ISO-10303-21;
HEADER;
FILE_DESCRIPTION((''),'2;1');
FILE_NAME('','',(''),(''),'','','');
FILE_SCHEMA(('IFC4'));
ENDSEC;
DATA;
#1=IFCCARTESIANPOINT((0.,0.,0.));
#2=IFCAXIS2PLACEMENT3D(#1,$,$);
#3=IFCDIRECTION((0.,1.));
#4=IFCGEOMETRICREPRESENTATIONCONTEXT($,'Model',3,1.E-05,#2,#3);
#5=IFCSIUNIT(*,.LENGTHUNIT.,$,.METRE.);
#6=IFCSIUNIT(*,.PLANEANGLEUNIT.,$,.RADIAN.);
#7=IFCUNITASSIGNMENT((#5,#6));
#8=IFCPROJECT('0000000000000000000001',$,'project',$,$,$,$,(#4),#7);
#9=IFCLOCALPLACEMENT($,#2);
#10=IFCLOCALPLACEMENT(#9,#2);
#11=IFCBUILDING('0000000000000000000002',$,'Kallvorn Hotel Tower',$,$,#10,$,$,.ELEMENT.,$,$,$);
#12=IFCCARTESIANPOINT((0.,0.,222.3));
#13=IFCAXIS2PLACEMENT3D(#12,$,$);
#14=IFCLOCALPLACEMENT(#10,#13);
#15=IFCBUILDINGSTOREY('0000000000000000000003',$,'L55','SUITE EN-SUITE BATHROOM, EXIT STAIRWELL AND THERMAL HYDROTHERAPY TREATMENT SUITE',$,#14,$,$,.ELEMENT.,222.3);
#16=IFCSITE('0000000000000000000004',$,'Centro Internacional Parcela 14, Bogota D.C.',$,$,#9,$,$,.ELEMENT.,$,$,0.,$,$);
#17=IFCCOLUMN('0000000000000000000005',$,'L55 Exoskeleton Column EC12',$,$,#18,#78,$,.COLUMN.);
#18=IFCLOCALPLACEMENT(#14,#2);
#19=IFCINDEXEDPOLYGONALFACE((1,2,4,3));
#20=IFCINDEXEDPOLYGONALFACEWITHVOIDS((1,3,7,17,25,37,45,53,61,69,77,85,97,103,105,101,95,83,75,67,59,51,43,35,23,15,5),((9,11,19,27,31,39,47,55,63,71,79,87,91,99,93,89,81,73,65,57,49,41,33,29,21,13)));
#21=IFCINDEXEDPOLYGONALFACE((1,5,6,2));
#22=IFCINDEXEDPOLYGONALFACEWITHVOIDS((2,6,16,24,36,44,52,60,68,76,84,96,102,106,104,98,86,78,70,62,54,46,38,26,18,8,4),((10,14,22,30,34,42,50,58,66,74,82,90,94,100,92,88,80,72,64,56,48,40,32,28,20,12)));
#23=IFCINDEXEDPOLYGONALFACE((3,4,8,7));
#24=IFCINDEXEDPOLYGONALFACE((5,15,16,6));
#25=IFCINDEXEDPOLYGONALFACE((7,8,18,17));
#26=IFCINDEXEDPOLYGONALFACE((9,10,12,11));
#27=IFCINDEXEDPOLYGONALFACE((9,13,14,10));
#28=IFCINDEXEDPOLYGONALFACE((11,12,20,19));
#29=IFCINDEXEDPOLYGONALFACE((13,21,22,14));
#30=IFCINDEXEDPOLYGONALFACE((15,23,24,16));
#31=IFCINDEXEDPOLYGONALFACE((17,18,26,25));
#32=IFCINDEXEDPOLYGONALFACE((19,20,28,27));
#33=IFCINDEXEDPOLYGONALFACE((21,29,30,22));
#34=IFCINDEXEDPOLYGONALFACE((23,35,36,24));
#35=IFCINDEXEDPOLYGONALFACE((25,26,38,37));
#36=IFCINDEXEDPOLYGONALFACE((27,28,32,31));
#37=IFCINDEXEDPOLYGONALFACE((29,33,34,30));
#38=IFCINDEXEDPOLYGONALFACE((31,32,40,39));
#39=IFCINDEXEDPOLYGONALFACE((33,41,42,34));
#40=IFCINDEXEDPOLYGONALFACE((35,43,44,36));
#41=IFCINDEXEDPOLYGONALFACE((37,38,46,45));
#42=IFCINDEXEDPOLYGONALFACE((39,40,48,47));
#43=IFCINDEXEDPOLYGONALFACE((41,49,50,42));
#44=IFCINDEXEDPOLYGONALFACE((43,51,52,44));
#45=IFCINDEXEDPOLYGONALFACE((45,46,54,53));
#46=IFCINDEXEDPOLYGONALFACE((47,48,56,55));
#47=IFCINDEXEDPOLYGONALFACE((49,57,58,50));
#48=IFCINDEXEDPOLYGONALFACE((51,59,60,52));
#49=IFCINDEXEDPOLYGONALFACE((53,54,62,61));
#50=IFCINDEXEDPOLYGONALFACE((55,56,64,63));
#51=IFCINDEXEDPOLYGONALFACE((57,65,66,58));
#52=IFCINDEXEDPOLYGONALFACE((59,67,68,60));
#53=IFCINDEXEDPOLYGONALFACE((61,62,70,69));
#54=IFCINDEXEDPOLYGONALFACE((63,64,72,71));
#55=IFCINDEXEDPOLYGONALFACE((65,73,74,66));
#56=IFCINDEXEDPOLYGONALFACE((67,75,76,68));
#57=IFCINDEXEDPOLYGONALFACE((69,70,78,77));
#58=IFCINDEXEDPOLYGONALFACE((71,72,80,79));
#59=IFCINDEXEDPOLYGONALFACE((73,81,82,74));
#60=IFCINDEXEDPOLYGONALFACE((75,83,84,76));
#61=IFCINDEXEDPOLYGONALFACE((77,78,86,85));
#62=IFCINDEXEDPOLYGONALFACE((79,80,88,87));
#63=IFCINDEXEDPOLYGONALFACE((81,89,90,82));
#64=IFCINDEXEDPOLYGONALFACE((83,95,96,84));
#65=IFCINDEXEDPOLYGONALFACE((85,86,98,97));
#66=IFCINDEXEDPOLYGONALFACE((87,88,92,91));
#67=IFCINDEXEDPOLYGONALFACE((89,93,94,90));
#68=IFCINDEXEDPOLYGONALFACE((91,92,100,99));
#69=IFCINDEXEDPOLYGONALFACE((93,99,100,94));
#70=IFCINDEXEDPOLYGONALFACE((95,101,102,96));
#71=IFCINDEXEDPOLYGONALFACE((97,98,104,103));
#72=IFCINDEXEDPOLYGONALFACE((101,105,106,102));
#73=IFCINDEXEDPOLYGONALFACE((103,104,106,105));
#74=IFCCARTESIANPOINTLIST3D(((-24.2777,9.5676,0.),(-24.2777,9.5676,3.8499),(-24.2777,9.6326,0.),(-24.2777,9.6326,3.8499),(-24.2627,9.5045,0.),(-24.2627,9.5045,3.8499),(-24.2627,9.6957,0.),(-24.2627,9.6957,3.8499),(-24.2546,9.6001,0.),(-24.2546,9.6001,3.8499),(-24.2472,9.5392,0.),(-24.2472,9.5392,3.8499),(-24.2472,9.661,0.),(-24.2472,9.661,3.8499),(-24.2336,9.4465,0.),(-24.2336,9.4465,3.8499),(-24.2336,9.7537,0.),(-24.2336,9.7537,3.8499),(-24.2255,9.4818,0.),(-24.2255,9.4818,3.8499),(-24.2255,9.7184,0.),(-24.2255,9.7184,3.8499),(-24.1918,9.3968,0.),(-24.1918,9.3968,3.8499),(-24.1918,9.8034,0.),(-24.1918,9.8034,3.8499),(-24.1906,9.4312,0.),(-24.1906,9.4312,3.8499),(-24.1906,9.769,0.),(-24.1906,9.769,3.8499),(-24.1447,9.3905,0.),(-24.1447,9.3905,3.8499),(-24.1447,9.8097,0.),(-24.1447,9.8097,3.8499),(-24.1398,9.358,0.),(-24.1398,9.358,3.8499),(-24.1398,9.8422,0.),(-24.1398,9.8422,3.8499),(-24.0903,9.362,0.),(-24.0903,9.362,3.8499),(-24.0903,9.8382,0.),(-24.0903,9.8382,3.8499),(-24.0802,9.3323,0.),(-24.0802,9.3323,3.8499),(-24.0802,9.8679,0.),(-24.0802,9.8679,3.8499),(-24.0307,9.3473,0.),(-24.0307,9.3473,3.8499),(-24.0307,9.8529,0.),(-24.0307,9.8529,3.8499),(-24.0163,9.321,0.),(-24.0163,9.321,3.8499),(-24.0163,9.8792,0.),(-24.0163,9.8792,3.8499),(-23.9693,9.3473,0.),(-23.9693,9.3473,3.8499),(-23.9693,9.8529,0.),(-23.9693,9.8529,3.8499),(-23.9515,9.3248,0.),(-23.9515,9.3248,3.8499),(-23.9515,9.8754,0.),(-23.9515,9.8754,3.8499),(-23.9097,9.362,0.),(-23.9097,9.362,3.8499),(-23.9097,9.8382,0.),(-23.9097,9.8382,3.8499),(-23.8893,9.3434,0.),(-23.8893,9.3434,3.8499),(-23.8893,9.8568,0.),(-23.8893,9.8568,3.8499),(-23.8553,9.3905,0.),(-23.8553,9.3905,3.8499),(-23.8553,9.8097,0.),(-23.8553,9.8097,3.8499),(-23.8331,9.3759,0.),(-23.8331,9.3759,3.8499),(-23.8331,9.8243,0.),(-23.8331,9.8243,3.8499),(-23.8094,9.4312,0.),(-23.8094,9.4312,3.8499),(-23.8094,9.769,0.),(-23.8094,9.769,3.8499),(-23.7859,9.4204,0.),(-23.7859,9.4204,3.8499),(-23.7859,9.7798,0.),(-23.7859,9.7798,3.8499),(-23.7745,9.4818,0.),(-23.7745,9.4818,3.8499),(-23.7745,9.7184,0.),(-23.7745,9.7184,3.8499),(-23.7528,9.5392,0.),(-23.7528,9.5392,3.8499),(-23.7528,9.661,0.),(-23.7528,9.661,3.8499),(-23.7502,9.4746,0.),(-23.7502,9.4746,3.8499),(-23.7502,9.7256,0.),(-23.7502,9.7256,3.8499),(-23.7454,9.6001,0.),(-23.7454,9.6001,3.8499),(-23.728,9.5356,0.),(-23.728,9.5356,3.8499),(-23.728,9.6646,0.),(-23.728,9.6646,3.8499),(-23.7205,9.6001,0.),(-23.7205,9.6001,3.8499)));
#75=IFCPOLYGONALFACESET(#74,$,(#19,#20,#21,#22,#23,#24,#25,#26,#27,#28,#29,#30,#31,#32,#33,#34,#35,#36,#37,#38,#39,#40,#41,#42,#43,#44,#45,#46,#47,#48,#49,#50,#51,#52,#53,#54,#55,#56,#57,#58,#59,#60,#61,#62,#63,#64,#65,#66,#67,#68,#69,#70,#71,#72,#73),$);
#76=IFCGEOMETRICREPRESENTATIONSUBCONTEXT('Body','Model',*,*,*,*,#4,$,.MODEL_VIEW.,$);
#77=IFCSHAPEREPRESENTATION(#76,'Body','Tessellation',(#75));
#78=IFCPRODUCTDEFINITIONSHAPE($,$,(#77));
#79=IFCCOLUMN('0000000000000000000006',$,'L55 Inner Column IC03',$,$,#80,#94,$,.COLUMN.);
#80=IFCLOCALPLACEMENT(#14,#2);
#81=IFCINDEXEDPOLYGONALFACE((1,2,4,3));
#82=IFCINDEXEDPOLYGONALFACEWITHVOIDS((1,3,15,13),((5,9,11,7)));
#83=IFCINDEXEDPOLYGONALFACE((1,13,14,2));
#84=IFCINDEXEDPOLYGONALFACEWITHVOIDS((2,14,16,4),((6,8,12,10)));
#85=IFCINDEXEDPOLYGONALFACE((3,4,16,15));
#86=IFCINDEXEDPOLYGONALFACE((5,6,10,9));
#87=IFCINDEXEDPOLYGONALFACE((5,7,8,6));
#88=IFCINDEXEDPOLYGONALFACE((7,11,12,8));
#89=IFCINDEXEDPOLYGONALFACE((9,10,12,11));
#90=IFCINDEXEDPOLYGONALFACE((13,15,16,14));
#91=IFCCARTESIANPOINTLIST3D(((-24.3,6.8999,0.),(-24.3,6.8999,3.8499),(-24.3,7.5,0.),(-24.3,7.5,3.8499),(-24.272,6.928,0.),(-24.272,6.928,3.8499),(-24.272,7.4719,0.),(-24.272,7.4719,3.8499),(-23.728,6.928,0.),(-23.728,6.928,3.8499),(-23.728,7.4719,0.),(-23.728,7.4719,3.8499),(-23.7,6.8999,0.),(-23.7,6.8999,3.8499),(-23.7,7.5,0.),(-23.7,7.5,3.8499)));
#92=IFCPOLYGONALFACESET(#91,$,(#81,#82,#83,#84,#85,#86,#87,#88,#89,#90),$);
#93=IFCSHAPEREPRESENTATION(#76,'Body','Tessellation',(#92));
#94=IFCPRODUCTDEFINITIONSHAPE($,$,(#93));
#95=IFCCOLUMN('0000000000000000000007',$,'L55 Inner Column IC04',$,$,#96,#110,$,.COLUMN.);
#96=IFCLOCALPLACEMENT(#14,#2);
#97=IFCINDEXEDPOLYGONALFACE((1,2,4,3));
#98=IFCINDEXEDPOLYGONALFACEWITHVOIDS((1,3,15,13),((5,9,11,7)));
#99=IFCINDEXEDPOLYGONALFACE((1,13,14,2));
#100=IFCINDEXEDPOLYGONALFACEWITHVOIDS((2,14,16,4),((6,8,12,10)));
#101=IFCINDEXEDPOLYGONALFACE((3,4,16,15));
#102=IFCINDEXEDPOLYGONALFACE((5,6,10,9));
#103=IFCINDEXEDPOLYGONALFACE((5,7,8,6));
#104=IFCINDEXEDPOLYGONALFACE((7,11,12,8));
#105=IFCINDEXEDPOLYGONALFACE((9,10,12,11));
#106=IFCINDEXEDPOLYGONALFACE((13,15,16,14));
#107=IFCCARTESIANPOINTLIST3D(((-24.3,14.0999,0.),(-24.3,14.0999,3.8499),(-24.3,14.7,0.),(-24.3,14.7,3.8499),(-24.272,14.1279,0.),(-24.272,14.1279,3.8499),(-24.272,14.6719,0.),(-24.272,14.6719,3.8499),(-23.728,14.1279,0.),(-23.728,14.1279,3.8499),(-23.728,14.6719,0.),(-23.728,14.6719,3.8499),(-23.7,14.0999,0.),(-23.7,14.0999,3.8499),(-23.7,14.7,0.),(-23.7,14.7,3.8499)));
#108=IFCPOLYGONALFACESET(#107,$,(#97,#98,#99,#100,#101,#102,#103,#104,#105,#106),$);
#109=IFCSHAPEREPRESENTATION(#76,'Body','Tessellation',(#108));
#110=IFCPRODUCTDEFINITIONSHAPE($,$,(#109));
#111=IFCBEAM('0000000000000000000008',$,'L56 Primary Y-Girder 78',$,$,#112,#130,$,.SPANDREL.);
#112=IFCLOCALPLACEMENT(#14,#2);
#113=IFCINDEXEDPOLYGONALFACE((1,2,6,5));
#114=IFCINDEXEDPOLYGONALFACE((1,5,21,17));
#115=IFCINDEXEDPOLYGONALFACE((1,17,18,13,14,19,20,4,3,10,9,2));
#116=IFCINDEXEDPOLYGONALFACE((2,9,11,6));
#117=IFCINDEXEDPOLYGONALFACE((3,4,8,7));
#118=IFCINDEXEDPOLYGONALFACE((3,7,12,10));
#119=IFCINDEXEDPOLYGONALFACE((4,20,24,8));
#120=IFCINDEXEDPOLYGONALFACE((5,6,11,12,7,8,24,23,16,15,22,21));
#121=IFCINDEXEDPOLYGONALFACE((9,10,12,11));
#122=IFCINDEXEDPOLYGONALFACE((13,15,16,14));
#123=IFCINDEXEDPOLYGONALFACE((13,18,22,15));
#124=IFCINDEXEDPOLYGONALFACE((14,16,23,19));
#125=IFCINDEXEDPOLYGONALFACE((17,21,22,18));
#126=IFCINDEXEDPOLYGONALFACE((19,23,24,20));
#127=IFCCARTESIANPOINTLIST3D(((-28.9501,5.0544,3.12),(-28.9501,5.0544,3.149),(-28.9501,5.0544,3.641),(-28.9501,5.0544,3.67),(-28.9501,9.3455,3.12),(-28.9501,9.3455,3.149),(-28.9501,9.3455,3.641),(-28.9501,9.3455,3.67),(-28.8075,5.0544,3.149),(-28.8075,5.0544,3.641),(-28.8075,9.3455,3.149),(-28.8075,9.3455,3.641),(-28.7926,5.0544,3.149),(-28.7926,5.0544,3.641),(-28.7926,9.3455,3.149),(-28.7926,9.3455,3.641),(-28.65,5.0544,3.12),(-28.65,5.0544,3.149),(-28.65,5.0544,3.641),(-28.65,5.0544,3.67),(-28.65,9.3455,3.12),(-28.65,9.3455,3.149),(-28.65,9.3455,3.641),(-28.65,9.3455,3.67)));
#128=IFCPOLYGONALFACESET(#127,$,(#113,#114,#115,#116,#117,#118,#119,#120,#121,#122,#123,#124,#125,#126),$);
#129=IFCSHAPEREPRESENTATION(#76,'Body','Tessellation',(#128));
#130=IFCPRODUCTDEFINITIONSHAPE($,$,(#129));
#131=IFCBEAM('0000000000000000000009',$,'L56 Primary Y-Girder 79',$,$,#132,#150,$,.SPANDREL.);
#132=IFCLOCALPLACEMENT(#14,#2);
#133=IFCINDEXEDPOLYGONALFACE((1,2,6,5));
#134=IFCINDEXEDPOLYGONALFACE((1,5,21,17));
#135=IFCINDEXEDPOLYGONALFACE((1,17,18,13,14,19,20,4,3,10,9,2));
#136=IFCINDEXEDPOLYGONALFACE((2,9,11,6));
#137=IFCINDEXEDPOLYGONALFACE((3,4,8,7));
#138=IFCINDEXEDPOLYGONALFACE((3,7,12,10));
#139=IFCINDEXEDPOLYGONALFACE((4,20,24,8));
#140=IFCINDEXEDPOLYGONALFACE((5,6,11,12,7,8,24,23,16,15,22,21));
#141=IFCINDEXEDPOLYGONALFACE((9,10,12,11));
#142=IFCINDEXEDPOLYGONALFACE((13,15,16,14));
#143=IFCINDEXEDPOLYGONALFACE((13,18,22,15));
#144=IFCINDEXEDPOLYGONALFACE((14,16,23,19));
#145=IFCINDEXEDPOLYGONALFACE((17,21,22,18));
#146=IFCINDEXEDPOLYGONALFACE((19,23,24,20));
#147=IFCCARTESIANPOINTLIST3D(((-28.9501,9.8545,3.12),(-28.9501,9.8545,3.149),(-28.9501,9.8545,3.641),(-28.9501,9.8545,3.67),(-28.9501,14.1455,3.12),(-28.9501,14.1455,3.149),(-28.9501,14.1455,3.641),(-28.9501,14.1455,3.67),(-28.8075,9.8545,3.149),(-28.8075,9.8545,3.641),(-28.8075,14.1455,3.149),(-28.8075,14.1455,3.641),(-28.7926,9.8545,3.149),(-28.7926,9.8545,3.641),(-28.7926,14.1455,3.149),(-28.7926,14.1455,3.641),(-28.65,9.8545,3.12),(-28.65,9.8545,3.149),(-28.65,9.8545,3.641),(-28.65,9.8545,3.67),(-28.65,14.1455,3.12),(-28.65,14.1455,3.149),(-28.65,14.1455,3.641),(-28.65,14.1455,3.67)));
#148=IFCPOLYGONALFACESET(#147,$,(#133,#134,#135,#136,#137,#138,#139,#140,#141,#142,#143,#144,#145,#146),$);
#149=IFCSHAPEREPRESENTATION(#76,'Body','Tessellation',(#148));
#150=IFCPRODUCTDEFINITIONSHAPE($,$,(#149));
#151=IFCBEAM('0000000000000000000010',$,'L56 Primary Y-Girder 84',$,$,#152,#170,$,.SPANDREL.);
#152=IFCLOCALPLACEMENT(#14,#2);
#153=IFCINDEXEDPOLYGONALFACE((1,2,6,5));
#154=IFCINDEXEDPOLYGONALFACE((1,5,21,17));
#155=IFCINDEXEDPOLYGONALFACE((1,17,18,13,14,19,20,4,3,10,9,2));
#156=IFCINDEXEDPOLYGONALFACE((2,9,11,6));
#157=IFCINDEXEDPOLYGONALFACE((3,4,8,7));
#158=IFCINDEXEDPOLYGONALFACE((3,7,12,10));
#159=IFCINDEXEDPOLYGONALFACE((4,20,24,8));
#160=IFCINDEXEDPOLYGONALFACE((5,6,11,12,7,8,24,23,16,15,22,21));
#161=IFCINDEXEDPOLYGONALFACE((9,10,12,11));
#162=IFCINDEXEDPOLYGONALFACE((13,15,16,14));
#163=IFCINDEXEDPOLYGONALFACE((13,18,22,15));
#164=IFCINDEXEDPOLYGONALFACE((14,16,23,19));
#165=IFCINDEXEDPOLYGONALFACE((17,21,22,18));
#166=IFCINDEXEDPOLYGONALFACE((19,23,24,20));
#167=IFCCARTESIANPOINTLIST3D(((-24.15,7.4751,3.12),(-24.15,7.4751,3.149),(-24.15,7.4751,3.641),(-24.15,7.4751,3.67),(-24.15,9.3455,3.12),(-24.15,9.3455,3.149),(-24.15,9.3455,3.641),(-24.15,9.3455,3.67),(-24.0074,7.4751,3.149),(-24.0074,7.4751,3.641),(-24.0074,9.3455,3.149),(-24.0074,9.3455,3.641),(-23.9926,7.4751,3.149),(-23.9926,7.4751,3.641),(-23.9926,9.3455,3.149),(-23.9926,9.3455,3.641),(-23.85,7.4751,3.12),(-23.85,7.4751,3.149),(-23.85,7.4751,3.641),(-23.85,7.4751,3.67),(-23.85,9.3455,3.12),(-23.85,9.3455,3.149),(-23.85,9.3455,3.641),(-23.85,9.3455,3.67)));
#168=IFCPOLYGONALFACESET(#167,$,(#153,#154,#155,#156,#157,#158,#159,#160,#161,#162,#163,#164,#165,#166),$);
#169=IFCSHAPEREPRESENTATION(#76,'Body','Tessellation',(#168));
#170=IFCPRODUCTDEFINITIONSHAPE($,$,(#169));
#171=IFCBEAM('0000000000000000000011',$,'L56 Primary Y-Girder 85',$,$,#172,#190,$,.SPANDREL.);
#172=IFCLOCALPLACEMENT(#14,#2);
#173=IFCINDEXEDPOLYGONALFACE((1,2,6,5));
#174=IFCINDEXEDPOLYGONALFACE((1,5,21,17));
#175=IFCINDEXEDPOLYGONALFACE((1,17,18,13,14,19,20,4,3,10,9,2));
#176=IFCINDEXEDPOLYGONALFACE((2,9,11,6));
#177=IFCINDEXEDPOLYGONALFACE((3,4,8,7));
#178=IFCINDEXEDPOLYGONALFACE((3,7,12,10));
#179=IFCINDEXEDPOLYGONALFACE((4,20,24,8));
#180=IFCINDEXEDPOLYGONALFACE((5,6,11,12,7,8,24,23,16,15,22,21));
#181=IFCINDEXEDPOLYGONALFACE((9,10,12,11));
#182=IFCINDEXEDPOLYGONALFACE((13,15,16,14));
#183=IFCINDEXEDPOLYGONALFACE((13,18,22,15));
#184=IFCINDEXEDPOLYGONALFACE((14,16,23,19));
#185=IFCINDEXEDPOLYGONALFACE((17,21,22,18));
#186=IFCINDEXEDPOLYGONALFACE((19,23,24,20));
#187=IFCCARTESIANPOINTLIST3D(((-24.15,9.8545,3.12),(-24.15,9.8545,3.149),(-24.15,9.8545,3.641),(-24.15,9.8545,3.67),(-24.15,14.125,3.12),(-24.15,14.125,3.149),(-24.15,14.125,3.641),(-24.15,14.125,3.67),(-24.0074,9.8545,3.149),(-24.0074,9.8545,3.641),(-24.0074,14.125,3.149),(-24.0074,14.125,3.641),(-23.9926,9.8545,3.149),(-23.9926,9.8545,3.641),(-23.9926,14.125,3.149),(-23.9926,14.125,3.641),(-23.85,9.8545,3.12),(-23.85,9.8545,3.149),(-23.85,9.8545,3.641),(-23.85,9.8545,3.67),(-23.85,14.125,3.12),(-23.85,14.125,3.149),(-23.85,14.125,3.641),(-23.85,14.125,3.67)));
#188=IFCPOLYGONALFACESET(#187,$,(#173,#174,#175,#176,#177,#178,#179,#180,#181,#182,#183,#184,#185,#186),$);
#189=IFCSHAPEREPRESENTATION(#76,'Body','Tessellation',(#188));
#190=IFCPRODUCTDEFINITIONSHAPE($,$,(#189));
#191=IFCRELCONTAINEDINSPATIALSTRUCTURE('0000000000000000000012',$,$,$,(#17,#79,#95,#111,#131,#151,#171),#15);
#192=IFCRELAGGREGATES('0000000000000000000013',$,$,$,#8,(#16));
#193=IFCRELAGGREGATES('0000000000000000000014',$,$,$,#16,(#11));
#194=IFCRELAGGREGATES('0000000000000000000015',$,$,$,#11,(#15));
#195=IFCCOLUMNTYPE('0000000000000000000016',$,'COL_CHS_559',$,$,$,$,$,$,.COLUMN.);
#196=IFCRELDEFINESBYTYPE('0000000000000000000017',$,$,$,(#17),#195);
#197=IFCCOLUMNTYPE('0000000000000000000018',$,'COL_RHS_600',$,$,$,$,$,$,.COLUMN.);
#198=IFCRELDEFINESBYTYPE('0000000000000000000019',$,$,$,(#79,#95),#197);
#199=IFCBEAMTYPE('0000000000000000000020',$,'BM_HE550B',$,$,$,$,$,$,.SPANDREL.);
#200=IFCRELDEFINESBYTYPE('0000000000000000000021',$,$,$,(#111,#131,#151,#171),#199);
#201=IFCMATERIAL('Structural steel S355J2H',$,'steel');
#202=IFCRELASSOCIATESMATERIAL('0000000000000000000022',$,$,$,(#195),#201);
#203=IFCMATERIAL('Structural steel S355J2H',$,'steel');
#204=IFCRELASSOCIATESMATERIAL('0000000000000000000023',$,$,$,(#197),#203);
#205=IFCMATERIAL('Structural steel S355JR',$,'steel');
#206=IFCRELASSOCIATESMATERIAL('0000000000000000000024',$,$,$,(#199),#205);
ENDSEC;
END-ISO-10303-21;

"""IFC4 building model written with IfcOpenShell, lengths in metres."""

from ifc_helpers import new_model, si_unit, direction, frame, origin, origin_2d, place, context, subcontext, project, spatial, hollow_rectangle, hollow_circle, i_section, extrude, material, material_profile, profile_set, type_object, element, save


model = new_model("IFC4")

# Units and contexts
model_context = context("Model", 3, precision=1e-05, world=origin(), true_north=direction((0.0, 1.0)))
body_context = subcontext(model_context, "Body", "Model", "MODEL_VIEW")
ifc_project = project(units=[si_unit("LENGTHUNIT", "METRE"), si_unit("PLANEANGLEUNIT", "RADIAN")], contexts=[model_context])

# Site, building, storey
site_placement = place(None, origin())
site = spatial("IfcSite", under=ifc_project, at=site_placement, Name="Centro Internacional Parcela 14, Bogota D.C.", CompositionType="ELEMENT", RefElevation=0.0)
building_placement = place(site_placement, origin())
building = spatial("IfcBuilding", under=site, at=building_placement, Name="Kallvorn Hotel Tower", CompositionType="ELEMENT")
storey_placement = place(building_placement, frame((0.0, 0.0, 222.3)))
storey = spatial("IfcBuildingStorey", under=building, at=storey_placement, Name="L55", Description="SUITE EN-SUITE BATHROOM, EXIT STAIRWELL AND THERMAL HYDROTHERAPY TREATMENT SUITE", CompositionType="ELEMENT", Elevation=222.3)

# Columns
ifc_material_1 = material(Name="Structural steel S355J2H", Category="steel")
ifc_material_profile_1 = material_profile(ifc_material_1, hollow_circle(Radius=0.2795, WallThickness=0.0249, at=origin_2d()), Name="CHS 559x25")
ifc_profile_set_1 = profile_set([ifc_material_profile_1], Name="Structural steel S355J2H")
column_type_1 = type_object("IfcColumnType", Name="COL_CHS_559", PredefinedType="COLUMN", material=ifc_profile_set_1)
for number, where, z_axis, x_axis, name in (
    (1, (-24.0, 9.6001, 0.0), (0.0, 0.0, 1.0), (1.0, 0.0, 0.0), "L55 Exoskeleton Column EC12"),
):
    element("IfcColumn", number, at=place(storey_placement, frame(where, z_axis=z_axis, x_axis=x_axis)), inside=storey, type_object=column_type_1, Name=name, PredefinedType="COLUMN", context=body_context, shape_type="SweptSolid", body=[
        extrude(hollow_circle(Radius=0.2795, WallThickness=0.0249, at=origin_2d()), origin(), (0.0, 0.0, 1.0), 3.8499),
    ])
ifc_material_2 = material(Name="Structural steel S355J2H", Category="steel")
ifc_material_profile_2 = material_profile(ifc_material_2, hollow_rectangle(XDim=0.6001, YDim=0.6001, WallThickness=0.0281, at=origin_2d()), Name="RHS 600x600x28")
ifc_profile_set_2 = profile_set([ifc_material_profile_2], Name="Structural steel S355J2H")
column_type_2 = type_object("IfcColumnType", Name="COL_RHS_600", PredefinedType="COLUMN", material=ifc_profile_set_2)
for number, where, z_axis, x_axis, name in (
    (2, (-24.0, 7.2, 0.0), (0.0, 0.0, 1.0), (1.0, 0.0, 0.0), "L55 Inner Column IC03"),
    (3, (-24.0, 14.3999, 0.0), (0.0, 0.0, 1.0), (1.0, 0.0, 0.0), "L55 Inner Column IC04"),
):
    element("IfcColumn", number, at=place(storey_placement, frame(where, z_axis=z_axis, x_axis=x_axis)), inside=storey, type_object=column_type_2, Name=name, PredefinedType="COLUMN", context=body_context, shape_type="SweptSolid", body=[
        extrude(hollow_rectangle(XDim=0.6001, YDim=0.6001, WallThickness=0.0281, at=origin_2d()), origin(), (0.0, 0.0, 1.0), 3.8499),
    ])

# Beams
ifc_material_3 = material(Name="Structural steel S355JR", Category="steel")
ifc_material_profile_3 = material_profile(ifc_material_3, i_section(OverallWidth=0.3, OverallDepth=0.55, WebThickness=0.0149, FlangeThickness=0.0291, at=origin_2d()), Name="HE 550 B")
ifc_profile_set_3 = profile_set([ifc_material_profile_3], Name="Structural steel S355JR")
beam_type_1 = type_object("IfcBeamType", Name="BM_HE550B", PredefinedType="SPANDREL", material=ifc_profile_set_3)
for number, where, z_axis, x_axis, name in (
    (4, (-28.8, 5.0544, 3.395), (0.0, 1.0, 0.0), (-1.0, 0.0, 0.0), "L56 Primary Y-Girder 78"),
    (5, (-28.8, 9.8545, 3.395), (0.0, 1.0, 0.0), (-1.0, 0.0, 0.0), "L56 Primary Y-Girder 79"),
):
    element("IfcBeam", number, at=place(storey_placement, frame(where, z_axis=z_axis, x_axis=x_axis)), inside=storey, type_object=beam_type_1, Name=name, PredefinedType="SPANDREL", context=body_context, shape_type="SweptSolid", body=[
        extrude(i_section(OverallWidth=0.3, OverallDepth=0.55, WebThickness=0.0149, FlangeThickness=0.0291, at=origin_2d()), origin(), (0.0, 0.0, 1.0), 4.291),
    ])
beam_1_placement = place(storey_placement, frame((-24.0, 7.4751, 3.395), z_axis=(0.0, 1.0, 0.0), x_axis=(-1.0, 0.0, 0.0)))
element("IfcBeam", 6, at=beam_1_placement, inside=storey, type_object=beam_type_1, Name="L56 Primary Y-Girder 84", PredefinedType="SPANDREL", context=body_context, shape_type="SweptSolid", body=[
    extrude(i_section(OverallWidth=0.3, OverallDepth=0.55, WebThickness=0.0149, FlangeThickness=0.0291, at=origin_2d()), origin(), (0.0, 0.0, 1.0), 1.8704),
])
beam_2_placement = place(storey_placement, frame((-24.0, 9.8545, 3.395), z_axis=(0.0, 1.0, 0.0), x_axis=(-1.0, 0.0, 0.0)))
element("IfcBeam", 7, at=beam_2_placement, inside=storey, type_object=beam_type_1, Name="L56 Primary Y-Girder 85", PredefinedType="SPANDREL", context=body_context, shape_type="SweptSolid", body=[
    extrude(i_section(OverallWidth=0.3, OverallDepth=0.55, WebThickness=0.0149, FlangeThickness=0.0291, at=origin_2d()), origin(), (0.0, 0.0, 1.0), 4.2705),
])

save(model, "model.ifc")
